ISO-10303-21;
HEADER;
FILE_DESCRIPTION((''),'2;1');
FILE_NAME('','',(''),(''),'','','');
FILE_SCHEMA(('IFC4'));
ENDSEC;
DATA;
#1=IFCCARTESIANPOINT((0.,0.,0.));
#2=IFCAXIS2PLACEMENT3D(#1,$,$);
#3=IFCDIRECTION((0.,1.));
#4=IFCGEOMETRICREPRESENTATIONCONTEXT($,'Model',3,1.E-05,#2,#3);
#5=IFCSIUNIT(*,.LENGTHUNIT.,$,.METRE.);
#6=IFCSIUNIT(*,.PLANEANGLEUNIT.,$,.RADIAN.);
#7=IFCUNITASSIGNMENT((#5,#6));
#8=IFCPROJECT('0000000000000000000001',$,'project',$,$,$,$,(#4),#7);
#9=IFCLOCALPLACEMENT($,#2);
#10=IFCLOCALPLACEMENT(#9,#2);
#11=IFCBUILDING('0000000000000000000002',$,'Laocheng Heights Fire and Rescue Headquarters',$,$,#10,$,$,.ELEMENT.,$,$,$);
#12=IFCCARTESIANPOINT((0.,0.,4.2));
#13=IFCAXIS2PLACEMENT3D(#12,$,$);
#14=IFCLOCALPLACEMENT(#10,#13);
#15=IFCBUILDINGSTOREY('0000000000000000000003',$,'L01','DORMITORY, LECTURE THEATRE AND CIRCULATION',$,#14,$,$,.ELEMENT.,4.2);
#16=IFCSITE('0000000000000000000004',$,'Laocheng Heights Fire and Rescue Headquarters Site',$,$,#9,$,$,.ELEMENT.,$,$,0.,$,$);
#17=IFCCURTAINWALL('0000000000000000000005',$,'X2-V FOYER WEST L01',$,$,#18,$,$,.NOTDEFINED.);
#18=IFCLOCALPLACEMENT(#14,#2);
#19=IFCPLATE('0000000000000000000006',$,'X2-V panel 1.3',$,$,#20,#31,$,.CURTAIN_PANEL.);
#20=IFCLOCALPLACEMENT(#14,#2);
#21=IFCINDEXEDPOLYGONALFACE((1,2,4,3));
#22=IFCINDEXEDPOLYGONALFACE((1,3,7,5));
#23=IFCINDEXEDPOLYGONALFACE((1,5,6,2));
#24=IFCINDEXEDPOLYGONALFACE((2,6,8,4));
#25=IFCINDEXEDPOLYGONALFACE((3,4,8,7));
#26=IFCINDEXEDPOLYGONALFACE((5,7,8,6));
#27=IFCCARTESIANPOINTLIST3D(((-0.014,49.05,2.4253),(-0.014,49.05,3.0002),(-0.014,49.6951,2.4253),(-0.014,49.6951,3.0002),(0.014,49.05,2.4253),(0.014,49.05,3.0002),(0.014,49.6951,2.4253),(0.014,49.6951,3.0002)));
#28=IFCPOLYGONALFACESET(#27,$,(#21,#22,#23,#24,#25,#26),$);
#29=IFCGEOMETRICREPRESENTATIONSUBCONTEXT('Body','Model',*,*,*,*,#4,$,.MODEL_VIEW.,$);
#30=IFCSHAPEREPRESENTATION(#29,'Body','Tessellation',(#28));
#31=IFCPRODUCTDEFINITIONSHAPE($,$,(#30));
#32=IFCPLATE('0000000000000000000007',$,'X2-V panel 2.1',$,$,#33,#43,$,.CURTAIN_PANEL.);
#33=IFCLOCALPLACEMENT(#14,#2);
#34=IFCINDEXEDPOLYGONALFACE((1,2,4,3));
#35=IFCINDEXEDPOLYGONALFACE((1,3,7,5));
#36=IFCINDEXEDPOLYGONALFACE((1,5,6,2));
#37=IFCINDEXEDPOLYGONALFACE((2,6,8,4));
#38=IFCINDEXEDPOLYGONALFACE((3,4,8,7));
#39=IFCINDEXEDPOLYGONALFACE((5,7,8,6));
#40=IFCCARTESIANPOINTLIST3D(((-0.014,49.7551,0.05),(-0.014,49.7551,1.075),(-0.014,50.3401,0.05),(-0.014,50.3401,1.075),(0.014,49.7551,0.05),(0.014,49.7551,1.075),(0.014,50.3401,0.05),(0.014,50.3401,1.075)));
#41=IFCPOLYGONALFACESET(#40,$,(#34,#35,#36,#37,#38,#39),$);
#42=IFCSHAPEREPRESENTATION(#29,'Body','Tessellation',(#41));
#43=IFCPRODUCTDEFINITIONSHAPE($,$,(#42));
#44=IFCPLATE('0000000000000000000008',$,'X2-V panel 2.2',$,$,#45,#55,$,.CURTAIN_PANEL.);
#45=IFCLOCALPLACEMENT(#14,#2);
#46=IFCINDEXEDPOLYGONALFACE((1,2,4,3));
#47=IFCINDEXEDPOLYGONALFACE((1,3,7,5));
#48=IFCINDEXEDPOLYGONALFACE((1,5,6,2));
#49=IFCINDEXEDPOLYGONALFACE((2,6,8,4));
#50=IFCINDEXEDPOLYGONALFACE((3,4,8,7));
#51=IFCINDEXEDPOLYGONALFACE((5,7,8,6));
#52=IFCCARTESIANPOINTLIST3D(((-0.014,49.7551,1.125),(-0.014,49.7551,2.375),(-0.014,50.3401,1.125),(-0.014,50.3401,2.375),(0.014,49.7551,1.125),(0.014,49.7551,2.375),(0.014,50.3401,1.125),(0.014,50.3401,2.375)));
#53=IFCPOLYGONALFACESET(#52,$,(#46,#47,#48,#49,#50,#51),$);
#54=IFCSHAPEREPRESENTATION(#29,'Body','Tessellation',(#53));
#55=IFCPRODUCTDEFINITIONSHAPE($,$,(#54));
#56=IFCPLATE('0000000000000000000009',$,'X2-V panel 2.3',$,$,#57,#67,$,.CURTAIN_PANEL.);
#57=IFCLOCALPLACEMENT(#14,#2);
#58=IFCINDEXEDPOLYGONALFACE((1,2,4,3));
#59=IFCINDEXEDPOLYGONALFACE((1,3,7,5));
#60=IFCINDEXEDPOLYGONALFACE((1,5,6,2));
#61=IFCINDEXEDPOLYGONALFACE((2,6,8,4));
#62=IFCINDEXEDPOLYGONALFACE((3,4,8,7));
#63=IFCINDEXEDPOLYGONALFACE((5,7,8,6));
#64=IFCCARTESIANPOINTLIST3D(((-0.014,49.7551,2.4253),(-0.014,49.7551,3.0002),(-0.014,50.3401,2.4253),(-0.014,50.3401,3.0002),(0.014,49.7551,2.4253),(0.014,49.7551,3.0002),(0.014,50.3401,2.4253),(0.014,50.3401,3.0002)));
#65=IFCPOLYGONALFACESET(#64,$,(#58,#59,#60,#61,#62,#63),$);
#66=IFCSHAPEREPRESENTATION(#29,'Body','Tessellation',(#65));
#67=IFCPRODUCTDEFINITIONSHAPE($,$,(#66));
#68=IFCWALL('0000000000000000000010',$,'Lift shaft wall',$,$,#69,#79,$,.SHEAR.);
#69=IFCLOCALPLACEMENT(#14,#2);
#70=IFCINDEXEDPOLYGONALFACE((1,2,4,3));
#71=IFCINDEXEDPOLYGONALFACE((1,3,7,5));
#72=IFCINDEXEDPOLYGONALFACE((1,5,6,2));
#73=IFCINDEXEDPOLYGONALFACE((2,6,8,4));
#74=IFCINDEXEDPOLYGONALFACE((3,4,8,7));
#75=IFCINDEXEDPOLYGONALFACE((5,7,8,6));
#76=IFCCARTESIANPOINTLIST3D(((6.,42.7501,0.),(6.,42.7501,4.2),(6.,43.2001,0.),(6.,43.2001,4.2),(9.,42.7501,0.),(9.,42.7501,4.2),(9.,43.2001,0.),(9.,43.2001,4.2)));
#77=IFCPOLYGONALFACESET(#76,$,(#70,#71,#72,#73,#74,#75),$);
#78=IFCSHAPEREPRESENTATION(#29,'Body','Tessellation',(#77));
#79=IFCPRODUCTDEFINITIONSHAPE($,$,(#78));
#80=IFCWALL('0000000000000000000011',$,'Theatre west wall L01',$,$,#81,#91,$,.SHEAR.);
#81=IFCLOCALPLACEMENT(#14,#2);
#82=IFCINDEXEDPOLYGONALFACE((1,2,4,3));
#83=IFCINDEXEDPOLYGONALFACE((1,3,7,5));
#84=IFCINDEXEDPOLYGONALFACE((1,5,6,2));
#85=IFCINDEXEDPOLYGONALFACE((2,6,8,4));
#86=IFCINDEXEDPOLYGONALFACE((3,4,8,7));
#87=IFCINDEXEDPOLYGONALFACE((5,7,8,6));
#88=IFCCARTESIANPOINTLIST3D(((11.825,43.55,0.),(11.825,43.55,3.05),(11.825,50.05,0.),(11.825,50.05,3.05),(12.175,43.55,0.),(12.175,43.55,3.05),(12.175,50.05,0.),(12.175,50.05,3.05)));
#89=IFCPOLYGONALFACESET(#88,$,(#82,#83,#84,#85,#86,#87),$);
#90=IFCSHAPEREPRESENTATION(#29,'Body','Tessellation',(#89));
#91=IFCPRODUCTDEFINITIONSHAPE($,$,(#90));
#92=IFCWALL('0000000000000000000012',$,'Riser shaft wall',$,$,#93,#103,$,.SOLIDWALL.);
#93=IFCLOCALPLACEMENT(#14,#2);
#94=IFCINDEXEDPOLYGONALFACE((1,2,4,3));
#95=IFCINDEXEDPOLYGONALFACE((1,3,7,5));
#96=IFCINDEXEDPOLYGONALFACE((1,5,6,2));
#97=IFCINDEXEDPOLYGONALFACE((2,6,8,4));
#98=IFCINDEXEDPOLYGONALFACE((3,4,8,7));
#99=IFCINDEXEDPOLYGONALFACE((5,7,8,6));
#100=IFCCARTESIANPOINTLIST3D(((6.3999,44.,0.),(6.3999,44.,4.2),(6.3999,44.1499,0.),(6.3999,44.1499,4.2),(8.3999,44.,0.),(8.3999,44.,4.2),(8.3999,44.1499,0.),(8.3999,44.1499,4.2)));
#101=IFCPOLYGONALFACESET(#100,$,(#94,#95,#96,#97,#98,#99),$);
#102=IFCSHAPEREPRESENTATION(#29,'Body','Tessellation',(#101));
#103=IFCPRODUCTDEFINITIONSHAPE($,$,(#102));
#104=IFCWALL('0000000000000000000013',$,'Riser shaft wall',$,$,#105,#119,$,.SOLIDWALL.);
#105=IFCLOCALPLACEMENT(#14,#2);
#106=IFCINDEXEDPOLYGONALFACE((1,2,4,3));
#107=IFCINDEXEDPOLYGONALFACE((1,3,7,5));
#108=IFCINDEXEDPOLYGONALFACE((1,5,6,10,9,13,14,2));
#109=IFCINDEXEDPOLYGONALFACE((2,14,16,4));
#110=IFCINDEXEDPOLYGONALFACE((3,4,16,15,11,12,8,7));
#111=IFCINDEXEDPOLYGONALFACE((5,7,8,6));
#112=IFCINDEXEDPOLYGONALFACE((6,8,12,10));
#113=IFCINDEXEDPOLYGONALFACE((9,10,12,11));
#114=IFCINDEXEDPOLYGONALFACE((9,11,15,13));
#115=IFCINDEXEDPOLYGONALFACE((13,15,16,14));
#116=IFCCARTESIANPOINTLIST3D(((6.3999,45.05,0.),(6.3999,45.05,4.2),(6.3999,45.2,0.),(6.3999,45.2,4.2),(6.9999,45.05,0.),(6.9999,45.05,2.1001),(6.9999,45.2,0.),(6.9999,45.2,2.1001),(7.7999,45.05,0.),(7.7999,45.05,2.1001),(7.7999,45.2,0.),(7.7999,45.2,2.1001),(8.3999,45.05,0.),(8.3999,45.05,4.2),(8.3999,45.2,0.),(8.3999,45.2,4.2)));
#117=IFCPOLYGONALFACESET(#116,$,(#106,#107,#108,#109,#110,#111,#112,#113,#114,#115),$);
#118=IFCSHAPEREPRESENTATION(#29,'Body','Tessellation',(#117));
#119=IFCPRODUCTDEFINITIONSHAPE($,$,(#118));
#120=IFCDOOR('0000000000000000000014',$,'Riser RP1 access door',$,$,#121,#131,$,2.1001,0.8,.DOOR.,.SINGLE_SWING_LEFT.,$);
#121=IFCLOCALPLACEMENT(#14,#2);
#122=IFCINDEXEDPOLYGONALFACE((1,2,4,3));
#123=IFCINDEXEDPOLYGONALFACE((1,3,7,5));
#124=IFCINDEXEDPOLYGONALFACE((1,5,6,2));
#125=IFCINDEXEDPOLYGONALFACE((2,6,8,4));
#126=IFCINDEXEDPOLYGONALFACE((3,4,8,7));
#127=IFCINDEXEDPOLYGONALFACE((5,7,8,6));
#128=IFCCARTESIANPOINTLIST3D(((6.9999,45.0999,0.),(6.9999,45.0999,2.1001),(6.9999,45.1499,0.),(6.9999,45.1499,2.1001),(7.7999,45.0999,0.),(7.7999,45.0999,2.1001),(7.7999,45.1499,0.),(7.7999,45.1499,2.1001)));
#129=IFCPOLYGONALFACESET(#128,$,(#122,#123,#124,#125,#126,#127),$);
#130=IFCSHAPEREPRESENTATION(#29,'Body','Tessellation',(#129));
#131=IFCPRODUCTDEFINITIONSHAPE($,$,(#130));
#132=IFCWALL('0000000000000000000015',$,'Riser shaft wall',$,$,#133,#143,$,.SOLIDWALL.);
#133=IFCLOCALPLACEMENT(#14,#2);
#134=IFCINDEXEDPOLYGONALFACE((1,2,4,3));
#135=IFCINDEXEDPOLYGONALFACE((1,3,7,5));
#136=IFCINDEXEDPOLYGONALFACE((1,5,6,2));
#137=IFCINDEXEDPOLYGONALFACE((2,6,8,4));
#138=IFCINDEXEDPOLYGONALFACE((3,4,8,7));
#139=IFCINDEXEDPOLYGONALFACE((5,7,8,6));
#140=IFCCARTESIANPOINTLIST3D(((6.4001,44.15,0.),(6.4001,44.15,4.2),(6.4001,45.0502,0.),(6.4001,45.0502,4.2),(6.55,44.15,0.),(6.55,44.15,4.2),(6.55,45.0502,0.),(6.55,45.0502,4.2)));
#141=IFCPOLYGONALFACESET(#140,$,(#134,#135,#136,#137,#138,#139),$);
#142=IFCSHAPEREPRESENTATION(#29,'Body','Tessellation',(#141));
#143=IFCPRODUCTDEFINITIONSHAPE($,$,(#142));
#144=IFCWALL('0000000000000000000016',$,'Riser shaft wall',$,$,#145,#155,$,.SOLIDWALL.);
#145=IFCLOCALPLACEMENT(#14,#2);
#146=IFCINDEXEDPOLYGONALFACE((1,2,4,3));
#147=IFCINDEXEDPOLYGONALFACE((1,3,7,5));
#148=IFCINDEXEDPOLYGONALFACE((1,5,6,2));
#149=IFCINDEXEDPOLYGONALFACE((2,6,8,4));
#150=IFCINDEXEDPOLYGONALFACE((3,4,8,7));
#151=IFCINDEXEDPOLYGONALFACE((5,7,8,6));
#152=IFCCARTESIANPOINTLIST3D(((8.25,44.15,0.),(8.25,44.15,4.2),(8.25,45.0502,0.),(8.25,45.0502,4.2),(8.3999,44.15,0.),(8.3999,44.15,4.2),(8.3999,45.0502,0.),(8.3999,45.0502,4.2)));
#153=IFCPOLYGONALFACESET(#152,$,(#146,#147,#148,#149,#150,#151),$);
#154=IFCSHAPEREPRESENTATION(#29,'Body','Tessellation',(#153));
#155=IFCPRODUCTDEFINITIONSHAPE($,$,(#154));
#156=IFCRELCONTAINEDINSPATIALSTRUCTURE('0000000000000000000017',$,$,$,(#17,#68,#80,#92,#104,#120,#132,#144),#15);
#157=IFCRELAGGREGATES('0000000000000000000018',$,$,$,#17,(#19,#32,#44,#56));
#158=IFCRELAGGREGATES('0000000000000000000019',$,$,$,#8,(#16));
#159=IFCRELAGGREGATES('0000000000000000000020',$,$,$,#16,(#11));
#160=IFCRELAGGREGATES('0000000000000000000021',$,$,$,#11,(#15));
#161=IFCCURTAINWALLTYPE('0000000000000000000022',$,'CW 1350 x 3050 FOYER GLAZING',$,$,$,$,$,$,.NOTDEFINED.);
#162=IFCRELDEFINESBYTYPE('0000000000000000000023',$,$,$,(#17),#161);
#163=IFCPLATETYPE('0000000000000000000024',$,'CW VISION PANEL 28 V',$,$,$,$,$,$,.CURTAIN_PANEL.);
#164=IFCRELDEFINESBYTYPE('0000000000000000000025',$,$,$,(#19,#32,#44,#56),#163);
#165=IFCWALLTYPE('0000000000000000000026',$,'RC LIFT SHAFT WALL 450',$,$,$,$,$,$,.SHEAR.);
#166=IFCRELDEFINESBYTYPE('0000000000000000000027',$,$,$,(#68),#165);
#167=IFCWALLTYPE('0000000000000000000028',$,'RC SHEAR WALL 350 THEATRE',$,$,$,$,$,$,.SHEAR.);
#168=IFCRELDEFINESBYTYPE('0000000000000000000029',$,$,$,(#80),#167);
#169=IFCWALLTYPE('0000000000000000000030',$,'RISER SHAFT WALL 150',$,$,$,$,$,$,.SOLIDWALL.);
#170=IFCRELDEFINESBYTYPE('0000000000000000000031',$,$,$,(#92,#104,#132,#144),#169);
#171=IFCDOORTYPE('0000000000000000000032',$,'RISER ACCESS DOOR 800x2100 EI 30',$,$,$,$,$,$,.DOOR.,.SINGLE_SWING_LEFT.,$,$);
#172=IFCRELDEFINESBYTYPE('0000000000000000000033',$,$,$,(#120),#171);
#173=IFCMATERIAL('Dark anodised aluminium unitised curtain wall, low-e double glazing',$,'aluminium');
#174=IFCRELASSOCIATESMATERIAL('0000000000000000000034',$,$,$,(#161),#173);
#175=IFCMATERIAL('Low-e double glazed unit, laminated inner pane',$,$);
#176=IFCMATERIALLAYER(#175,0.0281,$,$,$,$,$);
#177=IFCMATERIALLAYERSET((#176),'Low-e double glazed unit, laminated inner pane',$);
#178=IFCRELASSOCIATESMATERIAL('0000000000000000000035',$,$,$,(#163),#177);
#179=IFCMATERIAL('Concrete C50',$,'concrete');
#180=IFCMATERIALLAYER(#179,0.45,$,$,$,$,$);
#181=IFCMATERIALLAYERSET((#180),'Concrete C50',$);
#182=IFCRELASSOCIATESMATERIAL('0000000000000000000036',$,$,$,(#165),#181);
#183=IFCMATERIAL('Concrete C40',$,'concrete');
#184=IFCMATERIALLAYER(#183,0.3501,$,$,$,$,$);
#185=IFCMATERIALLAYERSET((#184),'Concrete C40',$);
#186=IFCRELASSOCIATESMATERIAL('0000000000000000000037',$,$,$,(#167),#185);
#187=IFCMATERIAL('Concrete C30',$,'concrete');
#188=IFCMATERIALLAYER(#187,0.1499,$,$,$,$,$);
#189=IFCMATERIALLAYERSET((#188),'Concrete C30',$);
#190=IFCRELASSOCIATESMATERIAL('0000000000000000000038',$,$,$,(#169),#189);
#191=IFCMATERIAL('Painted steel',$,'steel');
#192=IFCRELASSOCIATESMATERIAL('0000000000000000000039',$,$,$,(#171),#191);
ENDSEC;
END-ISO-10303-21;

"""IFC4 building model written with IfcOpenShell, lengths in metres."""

from ifc_helpers import new_model, si_unit, direction, frame, frame_2d, origin, origin_2d, place, context, subcontext, project, spatial, rectangle, extrude, material, layer, layer_set, type_object, element, fill, aggregate, save


model = new_model("IFC4")

# Units and contexts
model_context = context("Model", 3, precision=1e-05, world=origin(), true_north=direction((0.0, 1.0)))
body_context = subcontext(model_context, "Body", "Model", "MODEL_VIEW")
ifc_project = project(units=[si_unit("LENGTHUNIT", "METRE"), si_unit("PLANEANGLEUNIT", "RADIAN")], contexts=[model_context])

# Site, building, storey
site_placement = place(None, origin())
site = spatial("IfcSite", under=ifc_project, at=site_placement, Name="Laocheng Heights Fire and Rescue Headquarters Site", CompositionType="ELEMENT", RefElevation=0.0)
building_placement = place(site_placement, origin())
building = spatial("IfcBuilding", under=site, at=building_placement, Name="Laocheng Heights Fire and Rescue Headquarters", CompositionType="ELEMENT")
storey_placement = place(building_placement, frame((0.0, 0.0, 4.2)))
storey = spatial("IfcBuildingStorey", under=building, at=storey_placement, Name="L01", Description="DORMITORY, LECTURE THEATRE AND CIRCULATION", CompositionType="ELEMENT", Elevation=4.2)

# Curtain wall
ifc_material_1 = material(Name="Dark anodised aluminium unitised curtain wall, low-e double glazing", Category="aluminium")
curtain_wall_type = type_object("IfcCurtainWallType", Name="CW 1350 x 3050 FOYER GLAZING", PredefinedType="NOTDEFINED", material=ifc_material_1)
curtain_wall_placement = place(storey_placement, origin())
curtain_wall = element("IfcCurtainWall", 1, at=curtain_wall_placement, inside=storey, type_object=curtain_wall_type, Name="X2-V FOYER WEST L01", PredefinedType="NOTDEFINED")

# Plates
ifc_material_2 = material(Name="Low-e double glazed unit, laminated inner pane")
ifc_layer_1 = layer(ifc_material_2, 0.0281)
ifc_layer_set_1 = layer_set([ifc_layer_1], Name="Low-e double glazed unit, laminated inner pane")
plate_type = type_object("IfcPlateType", Name="CW VISION PANEL 28 V", PredefinedType="CURTAIN_PANEL", material=ifc_layer_set_1)
plate_1_placement = place(storey_placement, frame((0.0, 49.3726, 2.4253), z_axis=(0.0, 0.0, 1.0), x_axis=(0.0, 1.0, 0.0)))
plate_1 = element("IfcPlate", 2, at=plate_1_placement, type_object=plate_type, Name="X2-V panel 1.3", PredefinedType="CURTAIN_PANEL", context=body_context, shape_type="SweptSolid", body=[
    extrude(rectangle(XDim=0.645, YDim=0.0281, at=origin_2d()), origin(), (0.0, 0.0, 1.0), 0.575),
])
plate_2_placement = place(storey_placement, frame((0.0, 50.0476, 0.05), z_axis=(0.0, 0.0, 1.0), x_axis=(0.0, 1.0, 0.0)))
plate_2 = element("IfcPlate", 3, at=plate_2_placement, type_object=plate_type, Name="X2-V panel 2.1", PredefinedType="CURTAIN_PANEL", context=body_context, shape_type="SweptSolid", body=[
    extrude(rectangle(XDim=0.585, YDim=0.0281, at=origin_2d()), origin(), (0.0, 0.0, 1.0), 1.0249),
])
plate_3_placement = place(storey_placement, frame((0.0, 50.0476, 1.125), z_axis=(0.0, 0.0, 1.0), x_axis=(0.0, 1.0, 0.0)))
plate_3 = element("IfcPlate", 4, at=plate_3_placement, type_object=plate_type, Name="X2-V panel 2.2", PredefinedType="CURTAIN_PANEL", context=body_context, shape_type="SweptSolid", body=[
    extrude(rectangle(XDim=0.585, YDim=0.0281, at=origin_2d()), origin(), (0.0, 0.0, 1.0), 1.25),
])
plate_4_placement = place(storey_placement, frame((0.0, 50.0476, 2.4253), z_axis=(0.0, 0.0, 1.0), x_axis=(0.0, 1.0, 0.0)))
plate_4 = element("IfcPlate", 5, at=plate_4_placement, type_object=plate_type, Name="X2-V panel 2.3", PredefinedType="CURTAIN_PANEL", context=body_context, shape_type="SweptSolid", body=[
    extrude(rectangle(XDim=0.585, YDim=0.0281, at=origin_2d()), origin(), (0.0, 0.0, 1.0), 0.575),
])
aggregate(curtain_wall, [plate_1, plate_2, plate_3, plate_4])

# Walls
ifc_material_3 = material(Name="Concrete C50", Category="concrete")
ifc_layer_2 = layer(ifc_material_3, 0.45)
ifc_layer_set_2 = layer_set([ifc_layer_2], Name="Concrete C50")
wall_type_1 = type_object("IfcWallType", Name="RC LIFT SHAFT WALL 450", PredefinedType="SHEAR", material=ifc_layer_set_2)
wall_1_placement = place(storey_placement, frame((6.0, 42.9751, 0.0), z_axis=(0.0, 0.0, 1.0), x_axis=(1.0, 0.0, 0.0)))
element("IfcWall", 6, at=wall_1_placement, inside=storey, type_object=wall_type_1, Name="Lift shaft wall", PredefinedType="SHEAR", context=body_context, shape_type="SweptSolid", body=[
    extrude(rectangle(XDim=3.0, YDim=0.45, at=frame_2d((1.5, 0.0))), origin(), (0.0, 0.0, 1.0), 4.2),
])
ifc_material_4 = material(Name="Concrete C40", Category="concrete")
ifc_layer_3 = layer(ifc_material_4, 0.3501)
ifc_layer_set_3 = layer_set([ifc_layer_3], Name="Concrete C40")
wall_type_2 = type_object("IfcWallType", Name="RC SHEAR WALL 350 THEATRE", PredefinedType="SHEAR", material=ifc_layer_set_3)
wall_2_placement = place(storey_placement, frame((12.0, 43.55, 0.0), z_axis=(0.0, 0.0, 1.0), x_axis=(0.0, 1.0, 0.0)))
element("IfcWall", 7, at=wall_2_placement, inside=storey, type_object=wall_type_2, Name="Theatre west wall L01", PredefinedType="SHEAR", context=body_context, shape_type="SweptSolid", body=[
    extrude(rectangle(XDim=6.5, YDim=0.3501, at=frame_2d((3.25, 0.0))), origin(), (0.0, 0.0, 1.0), 3.05),
])
ifc_material_5 = material(Name="Concrete C30", Category="concrete")
ifc_layer_4 = layer(ifc_material_5, 0.1499)
ifc_layer_set_4 = layer_set([ifc_layer_4], Name="Concrete C30")
wall_type_3 = type_object("IfcWallType", Name="RISER SHAFT WALL 150", PredefinedType="SOLIDWALL", material=ifc_layer_set_4)
wall_3_placement = place(storey_placement, frame((6.3999, 44.075, 0.0), z_axis=(0.0, 0.0, 1.0), x_axis=(1.0, 0.0, 0.0)))
element("IfcWall", 8, at=wall_3_placement, inside=storey, type_object=wall_type_3, Name="Riser shaft wall", PredefinedType="SOLIDWALL", context=body_context, shape_type="SweptSolid", body=[
    extrude(rectangle(XDim=2.0, YDim=0.1499, at=frame_2d((1.0, 0.0))), origin(), (0.0, 0.0, 1.0), 4.2),
])

# Wall, opening, door
wall_4_placement = place(storey_placement, frame((6.3999, 45.125, 0.0), z_axis=(0.0, 0.0, 1.0), x_axis=(1.0, 0.0, 0.0)))
wall_4 = element("IfcWall", 9, at=wall_4_placement, inside=storey, type_object=wall_type_3, Name="Riser shaft wall", PredefinedType="SOLIDWALL", context=body_context, shape_type="SweptSolid", body=[
    extrude(rectangle(XDim=2.0, YDim=0.1499, at=frame_2d((1.0, 0.0))), origin(), (0.0, 0.0, 1.0), 4.2),
])
opening_placement = place(wall_4_placement, frame((0.6001, 0.0, 0.0)))
opening = element("IfcOpeningElement", 10, at=opening_placement, cuts=wall_4, PredefinedType="OPENING", context=body_context, shape_type="SweptSolid", body=[
    extrude(rectangle(XDim=0.8, YDim=2.1001, at=frame_2d((0.3999, 1.05))), frame((0.0, 0.085, 0.0), z_axis=(0.0, -1.0, 0.0), x_axis=(1.0, 0.0, 0.0)), (0.0, 0.0, 1.0), 0.1699),
])
ifc_material_6 = material(Name="Painted steel", Category="steel")
door_type = type_object("IfcDoorType", Name="RISER ACCESS DOOR 800x2100 EI 30", OperationType="SINGLE_SWING_LEFT", PredefinedType="DOOR", material=ifc_material_6)
door_placement = place(opening_placement, origin())
door = element("IfcDoor", 11, at=door_placement, inside=storey, type_object=door_type, Name="Riser RP1 access door", OperationType="SINGLE_SWING_LEFT", OverallHeight=2.1001, OverallWidth=0.8, PredefinedType="DOOR", context=body_context, shape_type="SweptSolid", body=[
    extrude(rectangle(XDim=0.8, YDim=2.1001, at=frame_2d((0.3999, 1.05))), frame((0.0, 0.0249, 0.0), z_axis=(0.0, -1.0, 0.0), x_axis=(1.0, 0.0, 0.0)), (0.0, 0.0, 1.0), 0.05),
])
fill(opening, door)

# Walls
for number, where, z_axis, x_axis, name in (
    (12, (6.4751, 44.1499, 0.0), (0.0, 0.0, 1.0), (0.0, 1.0, 0.0), "Riser shaft wall"),
    (13, (8.325, 44.1499, 0.0), (0.0, 0.0, 1.0), (0.0, 1.0, 0.0), "Riser shaft wall"),
):
    element("IfcWall", number, at=place(storey_placement, frame(where, z_axis=z_axis, x_axis=x_axis)), inside=storey, type_object=wall_type_3, Name=name, PredefinedType="SOLIDWALL", context=body_context, shape_type="SweptSolid", body=[
        extrude(rectangle(XDim=0.9001, YDim=0.1499, at=frame_2d((0.4502, 0.0))), origin(), (0.0, 0.0, 1.0), 4.2),
    ])

save(model, "model.ifc")
